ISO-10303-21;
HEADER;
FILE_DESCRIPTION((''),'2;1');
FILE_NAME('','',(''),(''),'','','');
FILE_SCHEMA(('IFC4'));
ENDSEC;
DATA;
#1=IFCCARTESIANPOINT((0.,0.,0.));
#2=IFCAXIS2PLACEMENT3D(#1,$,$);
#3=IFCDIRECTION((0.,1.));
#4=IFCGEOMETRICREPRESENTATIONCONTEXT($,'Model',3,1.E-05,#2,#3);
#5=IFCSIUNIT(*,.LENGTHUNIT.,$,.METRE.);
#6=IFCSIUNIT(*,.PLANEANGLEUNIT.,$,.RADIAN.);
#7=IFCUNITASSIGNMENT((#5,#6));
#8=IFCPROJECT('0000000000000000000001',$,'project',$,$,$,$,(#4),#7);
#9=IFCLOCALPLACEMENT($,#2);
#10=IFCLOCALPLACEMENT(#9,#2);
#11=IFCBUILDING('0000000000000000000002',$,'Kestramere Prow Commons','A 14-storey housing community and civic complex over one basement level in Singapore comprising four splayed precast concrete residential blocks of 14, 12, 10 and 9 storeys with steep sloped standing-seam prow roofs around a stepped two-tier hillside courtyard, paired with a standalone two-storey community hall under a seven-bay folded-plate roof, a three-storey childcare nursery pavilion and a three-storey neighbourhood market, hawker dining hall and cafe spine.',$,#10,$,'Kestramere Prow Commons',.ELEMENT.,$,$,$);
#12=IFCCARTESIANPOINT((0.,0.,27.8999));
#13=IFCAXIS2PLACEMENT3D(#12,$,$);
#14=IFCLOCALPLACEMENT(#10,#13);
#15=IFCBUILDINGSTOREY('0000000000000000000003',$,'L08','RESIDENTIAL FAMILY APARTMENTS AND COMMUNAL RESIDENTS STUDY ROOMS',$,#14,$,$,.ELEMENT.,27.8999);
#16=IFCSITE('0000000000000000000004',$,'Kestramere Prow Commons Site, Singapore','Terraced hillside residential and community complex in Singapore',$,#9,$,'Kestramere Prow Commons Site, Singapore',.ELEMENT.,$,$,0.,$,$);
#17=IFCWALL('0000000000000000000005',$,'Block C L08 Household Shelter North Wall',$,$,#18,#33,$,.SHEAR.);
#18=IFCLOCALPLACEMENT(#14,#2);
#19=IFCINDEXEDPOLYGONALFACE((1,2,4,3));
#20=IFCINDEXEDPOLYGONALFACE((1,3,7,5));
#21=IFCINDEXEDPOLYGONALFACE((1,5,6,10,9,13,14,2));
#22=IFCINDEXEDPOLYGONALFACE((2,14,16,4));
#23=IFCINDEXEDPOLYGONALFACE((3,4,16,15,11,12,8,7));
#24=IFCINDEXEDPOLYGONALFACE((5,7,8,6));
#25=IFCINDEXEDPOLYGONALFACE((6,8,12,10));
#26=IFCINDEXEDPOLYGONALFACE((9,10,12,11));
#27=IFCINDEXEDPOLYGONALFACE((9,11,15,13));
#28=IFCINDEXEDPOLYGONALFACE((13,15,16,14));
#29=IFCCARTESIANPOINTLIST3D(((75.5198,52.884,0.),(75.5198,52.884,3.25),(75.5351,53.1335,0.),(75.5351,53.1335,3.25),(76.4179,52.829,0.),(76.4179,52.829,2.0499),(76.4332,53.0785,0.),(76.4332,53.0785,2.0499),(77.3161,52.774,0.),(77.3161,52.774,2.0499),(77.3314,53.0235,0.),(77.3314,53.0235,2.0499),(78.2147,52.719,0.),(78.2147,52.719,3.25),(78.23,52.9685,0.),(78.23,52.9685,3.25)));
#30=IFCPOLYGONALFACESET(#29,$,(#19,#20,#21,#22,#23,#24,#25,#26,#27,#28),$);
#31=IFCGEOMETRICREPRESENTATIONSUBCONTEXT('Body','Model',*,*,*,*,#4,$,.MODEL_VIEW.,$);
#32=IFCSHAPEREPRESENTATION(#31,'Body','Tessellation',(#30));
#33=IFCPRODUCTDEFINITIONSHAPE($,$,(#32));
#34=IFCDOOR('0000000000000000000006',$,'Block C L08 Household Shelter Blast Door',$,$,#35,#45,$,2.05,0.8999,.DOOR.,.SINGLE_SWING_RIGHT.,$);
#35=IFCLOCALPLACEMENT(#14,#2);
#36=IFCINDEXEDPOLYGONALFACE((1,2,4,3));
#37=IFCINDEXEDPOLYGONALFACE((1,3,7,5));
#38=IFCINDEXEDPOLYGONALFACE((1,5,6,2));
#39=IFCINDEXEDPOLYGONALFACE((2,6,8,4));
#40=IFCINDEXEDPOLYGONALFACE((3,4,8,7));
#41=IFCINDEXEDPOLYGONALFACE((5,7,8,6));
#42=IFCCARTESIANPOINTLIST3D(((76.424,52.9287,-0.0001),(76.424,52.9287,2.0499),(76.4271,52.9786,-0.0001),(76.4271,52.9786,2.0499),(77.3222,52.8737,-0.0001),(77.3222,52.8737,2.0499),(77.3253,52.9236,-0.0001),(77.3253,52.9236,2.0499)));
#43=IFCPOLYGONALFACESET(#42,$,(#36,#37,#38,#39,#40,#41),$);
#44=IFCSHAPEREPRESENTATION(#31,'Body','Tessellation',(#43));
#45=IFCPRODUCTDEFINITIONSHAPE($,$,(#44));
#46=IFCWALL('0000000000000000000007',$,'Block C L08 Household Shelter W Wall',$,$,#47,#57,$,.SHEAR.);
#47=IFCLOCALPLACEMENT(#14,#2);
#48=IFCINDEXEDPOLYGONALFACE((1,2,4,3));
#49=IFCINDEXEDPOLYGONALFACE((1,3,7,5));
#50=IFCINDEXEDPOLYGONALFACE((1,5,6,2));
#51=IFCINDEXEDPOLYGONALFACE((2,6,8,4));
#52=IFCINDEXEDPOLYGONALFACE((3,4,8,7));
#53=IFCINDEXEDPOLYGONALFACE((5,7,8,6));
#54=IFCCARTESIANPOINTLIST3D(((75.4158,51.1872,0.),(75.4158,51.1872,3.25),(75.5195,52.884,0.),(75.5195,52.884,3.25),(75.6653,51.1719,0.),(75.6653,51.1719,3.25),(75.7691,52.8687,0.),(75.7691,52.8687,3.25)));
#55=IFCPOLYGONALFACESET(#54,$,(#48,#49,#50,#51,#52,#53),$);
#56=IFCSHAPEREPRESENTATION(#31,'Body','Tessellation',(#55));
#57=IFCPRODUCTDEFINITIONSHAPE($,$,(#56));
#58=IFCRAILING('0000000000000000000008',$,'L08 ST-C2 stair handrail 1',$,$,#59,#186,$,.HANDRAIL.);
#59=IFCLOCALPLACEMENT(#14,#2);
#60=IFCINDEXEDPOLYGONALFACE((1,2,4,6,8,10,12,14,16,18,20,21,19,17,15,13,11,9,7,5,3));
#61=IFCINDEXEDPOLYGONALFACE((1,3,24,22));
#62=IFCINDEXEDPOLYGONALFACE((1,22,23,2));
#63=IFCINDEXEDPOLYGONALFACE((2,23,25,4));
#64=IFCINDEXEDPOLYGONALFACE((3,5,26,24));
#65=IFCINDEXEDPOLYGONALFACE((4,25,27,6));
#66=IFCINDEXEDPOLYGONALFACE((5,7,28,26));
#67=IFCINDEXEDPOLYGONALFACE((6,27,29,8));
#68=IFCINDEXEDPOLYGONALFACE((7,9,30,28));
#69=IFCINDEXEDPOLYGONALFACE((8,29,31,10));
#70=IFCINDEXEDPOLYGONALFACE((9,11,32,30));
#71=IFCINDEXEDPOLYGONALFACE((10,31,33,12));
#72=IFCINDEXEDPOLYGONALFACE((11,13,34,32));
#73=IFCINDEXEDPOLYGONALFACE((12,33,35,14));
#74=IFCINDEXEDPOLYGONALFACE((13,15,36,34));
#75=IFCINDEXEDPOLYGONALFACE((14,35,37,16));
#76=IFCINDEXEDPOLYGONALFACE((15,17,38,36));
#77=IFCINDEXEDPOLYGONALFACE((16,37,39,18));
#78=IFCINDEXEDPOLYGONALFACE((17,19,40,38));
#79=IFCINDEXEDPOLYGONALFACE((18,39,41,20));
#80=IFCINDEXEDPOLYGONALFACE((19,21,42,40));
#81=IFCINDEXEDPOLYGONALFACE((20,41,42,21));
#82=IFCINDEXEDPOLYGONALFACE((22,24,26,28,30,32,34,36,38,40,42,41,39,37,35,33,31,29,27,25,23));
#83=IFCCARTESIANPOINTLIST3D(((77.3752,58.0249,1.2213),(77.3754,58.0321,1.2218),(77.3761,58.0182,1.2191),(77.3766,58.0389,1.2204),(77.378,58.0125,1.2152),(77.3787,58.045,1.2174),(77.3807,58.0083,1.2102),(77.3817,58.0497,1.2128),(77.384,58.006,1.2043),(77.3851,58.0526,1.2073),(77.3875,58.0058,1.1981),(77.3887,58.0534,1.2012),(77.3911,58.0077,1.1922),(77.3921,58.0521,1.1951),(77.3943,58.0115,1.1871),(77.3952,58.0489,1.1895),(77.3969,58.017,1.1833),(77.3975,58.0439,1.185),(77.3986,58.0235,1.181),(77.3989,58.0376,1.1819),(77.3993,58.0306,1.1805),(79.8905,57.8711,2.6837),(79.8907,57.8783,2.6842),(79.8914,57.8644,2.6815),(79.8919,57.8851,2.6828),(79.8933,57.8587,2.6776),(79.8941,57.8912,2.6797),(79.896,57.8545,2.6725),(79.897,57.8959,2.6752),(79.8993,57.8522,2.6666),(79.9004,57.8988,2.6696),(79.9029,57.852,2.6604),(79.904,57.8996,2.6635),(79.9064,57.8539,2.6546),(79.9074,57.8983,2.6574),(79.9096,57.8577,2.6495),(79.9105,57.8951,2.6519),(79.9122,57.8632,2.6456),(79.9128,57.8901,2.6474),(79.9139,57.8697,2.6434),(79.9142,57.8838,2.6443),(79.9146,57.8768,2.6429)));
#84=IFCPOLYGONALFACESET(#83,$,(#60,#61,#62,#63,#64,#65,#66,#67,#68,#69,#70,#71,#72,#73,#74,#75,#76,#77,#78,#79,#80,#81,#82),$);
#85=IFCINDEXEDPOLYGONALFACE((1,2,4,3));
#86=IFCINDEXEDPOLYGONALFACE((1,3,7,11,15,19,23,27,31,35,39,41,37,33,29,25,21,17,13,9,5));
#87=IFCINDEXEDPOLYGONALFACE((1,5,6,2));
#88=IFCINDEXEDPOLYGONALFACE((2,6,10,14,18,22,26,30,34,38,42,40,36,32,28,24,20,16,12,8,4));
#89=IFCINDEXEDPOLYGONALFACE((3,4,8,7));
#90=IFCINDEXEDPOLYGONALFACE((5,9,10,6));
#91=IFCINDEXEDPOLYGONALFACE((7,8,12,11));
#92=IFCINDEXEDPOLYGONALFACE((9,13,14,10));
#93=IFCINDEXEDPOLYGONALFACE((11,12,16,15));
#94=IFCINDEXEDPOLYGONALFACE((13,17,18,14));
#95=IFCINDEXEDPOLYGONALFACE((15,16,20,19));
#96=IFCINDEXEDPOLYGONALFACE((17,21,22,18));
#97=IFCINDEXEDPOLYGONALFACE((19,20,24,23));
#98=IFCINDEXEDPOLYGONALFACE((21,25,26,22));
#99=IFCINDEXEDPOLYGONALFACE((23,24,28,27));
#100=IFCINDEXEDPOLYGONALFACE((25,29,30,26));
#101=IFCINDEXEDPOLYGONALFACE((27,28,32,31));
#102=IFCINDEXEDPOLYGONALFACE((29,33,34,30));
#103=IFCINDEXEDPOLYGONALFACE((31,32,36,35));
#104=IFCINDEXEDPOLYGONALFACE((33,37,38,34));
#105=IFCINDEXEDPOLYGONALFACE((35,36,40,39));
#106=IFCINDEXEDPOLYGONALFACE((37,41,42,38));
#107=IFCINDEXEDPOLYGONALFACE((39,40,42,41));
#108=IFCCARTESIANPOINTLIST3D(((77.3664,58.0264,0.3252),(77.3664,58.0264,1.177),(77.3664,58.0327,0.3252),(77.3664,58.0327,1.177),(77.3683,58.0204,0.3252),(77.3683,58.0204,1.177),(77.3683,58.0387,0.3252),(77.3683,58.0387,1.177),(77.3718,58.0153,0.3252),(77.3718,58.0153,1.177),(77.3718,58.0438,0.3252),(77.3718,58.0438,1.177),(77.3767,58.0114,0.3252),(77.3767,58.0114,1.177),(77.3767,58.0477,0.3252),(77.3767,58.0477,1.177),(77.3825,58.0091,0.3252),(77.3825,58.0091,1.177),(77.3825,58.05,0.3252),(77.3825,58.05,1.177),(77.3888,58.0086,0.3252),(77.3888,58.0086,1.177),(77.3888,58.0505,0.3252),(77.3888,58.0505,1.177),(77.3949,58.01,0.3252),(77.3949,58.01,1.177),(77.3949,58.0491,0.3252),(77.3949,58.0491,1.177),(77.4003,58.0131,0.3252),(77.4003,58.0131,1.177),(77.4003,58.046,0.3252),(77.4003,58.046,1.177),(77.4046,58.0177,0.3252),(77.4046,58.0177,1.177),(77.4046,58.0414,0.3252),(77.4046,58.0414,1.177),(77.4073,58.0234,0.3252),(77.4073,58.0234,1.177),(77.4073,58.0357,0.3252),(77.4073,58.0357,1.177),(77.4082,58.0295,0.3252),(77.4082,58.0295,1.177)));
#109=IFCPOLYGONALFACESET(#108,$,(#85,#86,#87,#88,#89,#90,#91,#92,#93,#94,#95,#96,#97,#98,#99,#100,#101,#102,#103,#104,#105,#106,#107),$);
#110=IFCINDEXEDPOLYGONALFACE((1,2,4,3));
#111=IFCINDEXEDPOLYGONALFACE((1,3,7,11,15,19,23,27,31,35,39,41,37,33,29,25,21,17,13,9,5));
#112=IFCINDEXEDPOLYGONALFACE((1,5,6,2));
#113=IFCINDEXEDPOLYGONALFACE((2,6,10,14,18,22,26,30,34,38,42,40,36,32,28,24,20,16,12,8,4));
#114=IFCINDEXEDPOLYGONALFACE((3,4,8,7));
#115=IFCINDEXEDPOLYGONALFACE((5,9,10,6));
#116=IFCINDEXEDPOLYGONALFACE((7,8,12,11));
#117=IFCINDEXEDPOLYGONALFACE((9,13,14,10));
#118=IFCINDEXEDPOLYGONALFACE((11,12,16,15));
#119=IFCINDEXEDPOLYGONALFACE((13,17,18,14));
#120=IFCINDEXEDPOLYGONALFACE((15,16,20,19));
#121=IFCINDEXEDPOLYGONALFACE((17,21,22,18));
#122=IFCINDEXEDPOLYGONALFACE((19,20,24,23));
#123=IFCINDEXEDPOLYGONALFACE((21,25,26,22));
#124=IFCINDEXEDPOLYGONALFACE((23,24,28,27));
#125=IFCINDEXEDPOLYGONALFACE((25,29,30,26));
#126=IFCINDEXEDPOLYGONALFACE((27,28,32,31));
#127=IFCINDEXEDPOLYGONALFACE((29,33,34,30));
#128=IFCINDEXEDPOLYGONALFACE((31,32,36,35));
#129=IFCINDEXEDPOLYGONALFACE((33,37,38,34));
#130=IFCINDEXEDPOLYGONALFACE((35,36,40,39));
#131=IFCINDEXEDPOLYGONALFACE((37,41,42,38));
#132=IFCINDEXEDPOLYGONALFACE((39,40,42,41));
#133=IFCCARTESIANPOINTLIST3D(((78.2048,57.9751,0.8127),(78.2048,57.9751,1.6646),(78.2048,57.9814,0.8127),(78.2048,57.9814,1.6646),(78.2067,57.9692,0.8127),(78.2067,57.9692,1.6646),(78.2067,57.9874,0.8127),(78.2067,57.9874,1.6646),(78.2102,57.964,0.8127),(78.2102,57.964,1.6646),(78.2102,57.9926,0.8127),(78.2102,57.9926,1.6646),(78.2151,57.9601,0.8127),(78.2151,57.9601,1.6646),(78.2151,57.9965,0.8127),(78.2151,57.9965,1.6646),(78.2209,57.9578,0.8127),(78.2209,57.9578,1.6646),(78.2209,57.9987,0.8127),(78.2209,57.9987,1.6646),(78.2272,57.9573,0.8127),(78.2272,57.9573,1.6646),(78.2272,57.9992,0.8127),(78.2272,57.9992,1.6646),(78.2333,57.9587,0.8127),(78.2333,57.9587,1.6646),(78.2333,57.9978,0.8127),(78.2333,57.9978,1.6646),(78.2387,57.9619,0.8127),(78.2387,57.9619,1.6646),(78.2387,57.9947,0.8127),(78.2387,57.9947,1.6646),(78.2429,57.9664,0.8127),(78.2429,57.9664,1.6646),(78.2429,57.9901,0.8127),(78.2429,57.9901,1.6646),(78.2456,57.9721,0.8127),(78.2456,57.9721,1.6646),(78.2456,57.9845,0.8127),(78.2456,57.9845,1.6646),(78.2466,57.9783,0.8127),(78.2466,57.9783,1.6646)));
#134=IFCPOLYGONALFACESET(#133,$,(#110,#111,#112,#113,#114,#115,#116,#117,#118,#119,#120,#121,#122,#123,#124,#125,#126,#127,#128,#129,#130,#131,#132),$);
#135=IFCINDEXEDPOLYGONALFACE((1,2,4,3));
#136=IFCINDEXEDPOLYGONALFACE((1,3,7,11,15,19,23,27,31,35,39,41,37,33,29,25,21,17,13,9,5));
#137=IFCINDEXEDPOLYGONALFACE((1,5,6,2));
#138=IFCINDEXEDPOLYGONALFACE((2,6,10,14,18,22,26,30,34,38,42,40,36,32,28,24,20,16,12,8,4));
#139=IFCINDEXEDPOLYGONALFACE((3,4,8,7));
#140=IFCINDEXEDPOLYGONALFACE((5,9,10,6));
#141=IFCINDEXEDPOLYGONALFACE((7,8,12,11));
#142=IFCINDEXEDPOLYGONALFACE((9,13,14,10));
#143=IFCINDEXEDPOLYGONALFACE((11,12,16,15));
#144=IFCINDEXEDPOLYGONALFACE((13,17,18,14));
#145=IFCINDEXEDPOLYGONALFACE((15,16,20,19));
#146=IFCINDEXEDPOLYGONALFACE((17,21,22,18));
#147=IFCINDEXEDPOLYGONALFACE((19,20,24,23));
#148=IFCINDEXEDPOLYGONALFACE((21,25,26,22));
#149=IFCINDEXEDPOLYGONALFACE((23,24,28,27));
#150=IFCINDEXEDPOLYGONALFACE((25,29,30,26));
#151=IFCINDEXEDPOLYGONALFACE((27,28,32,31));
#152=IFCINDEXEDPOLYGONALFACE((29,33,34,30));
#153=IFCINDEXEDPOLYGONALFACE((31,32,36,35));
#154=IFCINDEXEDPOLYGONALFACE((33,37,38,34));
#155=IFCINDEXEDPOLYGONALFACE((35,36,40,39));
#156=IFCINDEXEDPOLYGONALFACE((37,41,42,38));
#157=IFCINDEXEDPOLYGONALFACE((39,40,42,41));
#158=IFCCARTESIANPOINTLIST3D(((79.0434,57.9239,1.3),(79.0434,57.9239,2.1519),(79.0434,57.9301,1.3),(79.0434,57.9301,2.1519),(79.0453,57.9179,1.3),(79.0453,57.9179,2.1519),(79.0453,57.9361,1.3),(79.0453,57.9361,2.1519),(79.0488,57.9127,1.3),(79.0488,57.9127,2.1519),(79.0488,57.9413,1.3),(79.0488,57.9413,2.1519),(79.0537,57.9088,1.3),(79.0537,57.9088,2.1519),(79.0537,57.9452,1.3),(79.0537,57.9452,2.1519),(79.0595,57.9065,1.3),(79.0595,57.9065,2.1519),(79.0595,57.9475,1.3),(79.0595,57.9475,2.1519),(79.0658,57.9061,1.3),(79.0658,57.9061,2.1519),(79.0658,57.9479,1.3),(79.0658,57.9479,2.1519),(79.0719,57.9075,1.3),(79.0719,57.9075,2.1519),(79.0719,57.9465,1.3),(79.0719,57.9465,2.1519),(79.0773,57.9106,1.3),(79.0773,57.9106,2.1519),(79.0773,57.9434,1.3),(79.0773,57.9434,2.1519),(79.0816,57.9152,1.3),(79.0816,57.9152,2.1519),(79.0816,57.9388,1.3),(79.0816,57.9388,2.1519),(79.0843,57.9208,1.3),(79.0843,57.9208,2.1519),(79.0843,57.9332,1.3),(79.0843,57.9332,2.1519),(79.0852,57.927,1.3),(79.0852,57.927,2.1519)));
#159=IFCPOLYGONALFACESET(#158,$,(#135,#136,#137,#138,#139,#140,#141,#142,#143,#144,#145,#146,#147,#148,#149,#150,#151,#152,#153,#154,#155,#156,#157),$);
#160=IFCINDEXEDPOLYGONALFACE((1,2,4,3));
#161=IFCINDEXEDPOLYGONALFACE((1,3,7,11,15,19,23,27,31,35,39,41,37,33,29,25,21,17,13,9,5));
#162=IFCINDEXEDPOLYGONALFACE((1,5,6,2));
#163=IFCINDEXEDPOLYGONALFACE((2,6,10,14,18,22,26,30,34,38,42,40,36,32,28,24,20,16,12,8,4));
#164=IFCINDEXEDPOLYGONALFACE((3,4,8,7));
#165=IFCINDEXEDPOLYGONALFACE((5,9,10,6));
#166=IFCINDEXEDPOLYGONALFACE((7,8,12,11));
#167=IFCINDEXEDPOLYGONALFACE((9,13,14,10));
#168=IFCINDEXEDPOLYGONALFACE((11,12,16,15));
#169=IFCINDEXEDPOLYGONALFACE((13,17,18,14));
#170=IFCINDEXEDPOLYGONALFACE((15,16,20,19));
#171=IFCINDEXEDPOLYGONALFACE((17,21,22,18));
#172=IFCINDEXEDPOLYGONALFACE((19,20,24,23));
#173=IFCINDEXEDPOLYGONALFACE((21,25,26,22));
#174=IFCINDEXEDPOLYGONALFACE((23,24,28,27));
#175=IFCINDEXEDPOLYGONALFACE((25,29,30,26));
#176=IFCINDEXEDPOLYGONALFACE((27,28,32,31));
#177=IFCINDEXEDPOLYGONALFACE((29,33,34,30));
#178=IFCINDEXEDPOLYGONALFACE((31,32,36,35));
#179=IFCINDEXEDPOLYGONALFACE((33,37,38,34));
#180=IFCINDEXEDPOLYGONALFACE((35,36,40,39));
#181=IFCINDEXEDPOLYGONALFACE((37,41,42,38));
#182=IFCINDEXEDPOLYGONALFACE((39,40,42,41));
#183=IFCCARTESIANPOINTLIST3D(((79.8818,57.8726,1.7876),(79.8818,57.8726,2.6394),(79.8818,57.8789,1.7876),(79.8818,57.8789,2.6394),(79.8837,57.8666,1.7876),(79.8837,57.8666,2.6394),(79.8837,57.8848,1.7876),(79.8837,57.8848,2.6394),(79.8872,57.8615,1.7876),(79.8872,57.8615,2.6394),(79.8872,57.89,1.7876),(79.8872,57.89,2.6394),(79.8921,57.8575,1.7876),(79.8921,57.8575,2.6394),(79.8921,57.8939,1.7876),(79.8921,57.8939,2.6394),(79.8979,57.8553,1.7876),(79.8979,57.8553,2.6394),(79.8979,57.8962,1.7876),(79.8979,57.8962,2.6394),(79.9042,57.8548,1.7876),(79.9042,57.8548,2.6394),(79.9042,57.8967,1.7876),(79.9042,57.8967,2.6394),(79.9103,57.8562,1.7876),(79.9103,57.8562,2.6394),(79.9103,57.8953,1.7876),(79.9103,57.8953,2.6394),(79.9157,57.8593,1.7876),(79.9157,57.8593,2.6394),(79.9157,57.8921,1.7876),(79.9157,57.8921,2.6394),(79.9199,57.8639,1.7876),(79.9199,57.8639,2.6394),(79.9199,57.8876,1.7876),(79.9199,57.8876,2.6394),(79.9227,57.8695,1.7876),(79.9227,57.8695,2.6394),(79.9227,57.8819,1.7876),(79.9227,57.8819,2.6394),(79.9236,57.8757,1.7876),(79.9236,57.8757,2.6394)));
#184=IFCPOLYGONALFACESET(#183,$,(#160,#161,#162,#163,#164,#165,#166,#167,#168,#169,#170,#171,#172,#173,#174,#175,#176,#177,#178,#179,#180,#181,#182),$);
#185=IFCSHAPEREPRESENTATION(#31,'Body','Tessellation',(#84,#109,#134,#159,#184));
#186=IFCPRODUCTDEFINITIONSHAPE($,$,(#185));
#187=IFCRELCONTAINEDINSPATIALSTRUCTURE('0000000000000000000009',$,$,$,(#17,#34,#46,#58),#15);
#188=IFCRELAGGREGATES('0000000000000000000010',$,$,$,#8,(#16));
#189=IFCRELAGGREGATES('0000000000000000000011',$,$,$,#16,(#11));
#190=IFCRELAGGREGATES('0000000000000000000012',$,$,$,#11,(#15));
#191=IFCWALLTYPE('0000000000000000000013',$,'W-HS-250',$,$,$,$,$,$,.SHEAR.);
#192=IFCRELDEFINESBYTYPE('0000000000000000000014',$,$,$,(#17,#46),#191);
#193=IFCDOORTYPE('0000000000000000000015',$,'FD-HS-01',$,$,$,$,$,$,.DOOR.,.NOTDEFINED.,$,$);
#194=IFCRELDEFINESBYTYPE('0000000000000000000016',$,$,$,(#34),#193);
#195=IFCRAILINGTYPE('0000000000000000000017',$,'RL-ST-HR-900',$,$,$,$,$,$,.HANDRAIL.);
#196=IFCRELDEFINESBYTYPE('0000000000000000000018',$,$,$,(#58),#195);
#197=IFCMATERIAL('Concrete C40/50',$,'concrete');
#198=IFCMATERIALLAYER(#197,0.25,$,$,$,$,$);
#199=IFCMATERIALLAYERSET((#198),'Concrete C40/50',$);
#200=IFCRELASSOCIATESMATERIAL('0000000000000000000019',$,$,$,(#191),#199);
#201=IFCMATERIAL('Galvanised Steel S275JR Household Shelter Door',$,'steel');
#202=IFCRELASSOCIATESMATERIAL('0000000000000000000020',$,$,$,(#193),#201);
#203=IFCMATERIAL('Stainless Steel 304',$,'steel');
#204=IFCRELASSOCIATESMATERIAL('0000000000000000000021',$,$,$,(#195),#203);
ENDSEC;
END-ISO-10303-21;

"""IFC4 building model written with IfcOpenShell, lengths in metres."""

from ifc_helpers import new_model, si_unit, direction, frame, frame_2d, origin, origin_2d, place, context, subcontext, project, spatial, rectangle, circle, extrude, material, layer, layer_set, type_object, element, fill, save


model = new_model("IFC4")

# Units and contexts
model_context = context("Model", 3, precision=1e-05, world=origin(), true_north=direction((0.0, 1.0)))
body_context = subcontext(model_context, "Body", "Model", "MODEL_VIEW")
ifc_project = project(units=[si_unit("LENGTHUNIT", "METRE"), si_unit("PLANEANGLEUNIT", "RADIAN")], contexts=[model_context])

# Site, building, storey
site_placement = place(None, origin())
site = spatial("IfcSite", under=ifc_project, at=site_placement, Name="Kestramere Prow Commons Site, Singapore", Description="Terraced hillside residential and community complex in Singapore", LongName="Kestramere Prow Commons Site, Singapore", CompositionType="ELEMENT", RefElevation=0.0)
building_placement = place(site_placement, origin())
building = spatial("IfcBuilding", under=site, at=building_placement, Name="Kestramere Prow Commons", Description="A 14-storey housing community and civic complex over one basement level in Singapore comprising four splayed precast concrete residential blocks of 14, 12, 10 and 9 storeys with steep sloped standing-seam prow roofs around a stepped two-tier hillside courtyard, paired with a standalone two-storey community hall under a seven-bay folded-plate roof, a three-storey childcare nursery pavilion and a three-storey neighbourhood market, hawker dining hall and cafe spine.", LongName="Kestramere Prow Commons", CompositionType="ELEMENT")
storey_placement = place(building_placement, frame((0.0, 0.0, 27.8999)))
storey = spatial("IfcBuildingStorey", under=building, at=storey_placement, Name="L08", Description="RESIDENTIAL FAMILY APARTMENTS AND COMMUNAL RESIDENTS STUDY ROOMS", CompositionType="ELEMENT", Elevation=27.8999)

# Shared definitions
ifc_material_1 = material(Name="Concrete C40/50", Category="concrete")

# Wall, opening, door
ifc_layer_1 = layer(ifc_material_1, 0.25)
ifc_layer_set_1 = layer_set([ifc_layer_1], Name="Concrete C40/50")
wall_type_1 = type_object("IfcWallType", Name="W-HS-250", PredefinedType="SHEAR", material=ifc_layer_set_1)
wall_1_placement = place(storey_placement, frame((75.5273, 53.0088, 0.0), z_axis=(0.0, 0.0, 1.0), x_axis=(0.99813, -0.061128, 0.0)))
wall_1 = element("IfcWall", 1, at=wall_1_placement, inside=storey, type_object=wall_type_1, Name="Block C L08 Household Shelter North Wall", PredefinedType="SHEAR", context=body_context, shape_type="SweptSolid", body=[
    extrude(rectangle(XDim=2.7, YDim=0.25, at=frame_2d((1.3501, 0.0))), origin(), (0.0, 0.0, 1.0), 3.25),
])
opening_1_placement = place(wall_1_placement, frame((0.8999, 0.0, 0.0)))
opening_1 = element("IfcOpeningElement", 2, at=opening_1_placement, cuts=wall_1, PredefinedType="OPENING", context=body_context, shape_type="SweptSolid", body=[
    extrude(rectangle(XDim=0.8999, YDim=2.05, at=frame_2d((0.45, 1.0249))), frame((0.0, 0.1399, 0.0), z_axis=(0.0, -1.0, 0.0), x_axis=(1.0, 0.0, 0.0)), (0.0, 0.0, 1.0), 0.28),
])
ifc_material_2 = material(Name="Galvanised Steel S275JR Household Shelter Door", Category="steel")
door_type_1 = type_object("IfcDoorType", Name="FD-HS-01", OperationType="NOTDEFINED", PredefinedType="DOOR", material=ifc_material_2)
door_1_placement = place(opening_1_placement, origin())
door_1 = element("IfcDoor", 3, at=door_1_placement, inside=storey, type_object=door_type_1, Name="Block C L08 Household Shelter Blast Door", OperationType="SINGLE_SWING_RIGHT", OverallHeight=2.05, OverallWidth=0.8999, PredefinedType="DOOR", context=body_context, shape_type="SweptSolid", body=[
    extrude(rectangle(XDim=0.8999, YDim=2.05, at=frame_2d((0.45, 1.0249))), frame((0.0, 0.0249, 0.0), z_axis=(0.0, -1.0, 0.0), x_axis=(1.0, 0.0, 0.0)), (0.0, 0.0, 1.0), 0.05),
])
fill(opening_1, door_1)

# Wall
wall_2_placement = place(storey_placement, frame((75.5405, 51.1794, 0.0), z_axis=(0.0, 0.0, 1.0), x_axis=(0.061037, 0.998136, 0.0)))
element("IfcWall", 4, at=wall_2_placement, inside=storey, type_object=wall_type_1, Name="Block C L08 Household Shelter W Wall", PredefinedType="SHEAR", context=body_context, shape_type="SweptSolid", body=[
    extrude(rectangle(XDim=1.7, YDim=0.25, at=frame_2d((0.8501, 0.0))), origin(), (0.0, 0.0, 1.0), 3.25),
])

# Railing
ifc_material_3 = material(Name="Stainless Steel 304", Category="steel")
railing_type = type_object("IfcRailingType", Name="RL-ST-HR-900", PredefinedType="HANDRAIL", material=ifc_material_3)
railing_placement = place(storey_placement, frame((77.3872, 58.0295, 0.3252)))
element("IfcRailing", 5, at=railing_placement, inside=storey, type_object=railing_type, Name="L08 ST-C2 stair handrail 1", PredefinedType="HANDRAIL", context=body_context, shape_type="SweptSolid", body=[
    extrude(circle(Radius=0.0239, at=origin_2d()), frame((0.0, 0.0, 0.876), z_axis=(0.863306, -0.052789, 0.501912), x_axis=(0.061033, 0.998136, 0.0)), (0.0, 0.0, 1.0), 2.9136),
    extrude(circle(Radius=0.021, at=origin_2d()), origin(), (0.0, 0.0, 1.0), 0.8518),
    extrude(circle(Radius=0.021, at=origin_2d()), frame((0.8384, -0.0513, 0.4875)), (0.0, 0.0, 1.0), 0.8518),
    extrude(circle(Radius=0.021, at=origin_2d()), frame((1.677, -0.1025, 0.9749)), (0.0, 0.0, 1.0), 0.8518),
    extrude(circle(Radius=0.021, at=origin_2d()), frame((2.5154, -0.1538, 1.4624)), (0.0, 0.0, 1.0), 0.8518),
])

save(model, "model.ifc")
